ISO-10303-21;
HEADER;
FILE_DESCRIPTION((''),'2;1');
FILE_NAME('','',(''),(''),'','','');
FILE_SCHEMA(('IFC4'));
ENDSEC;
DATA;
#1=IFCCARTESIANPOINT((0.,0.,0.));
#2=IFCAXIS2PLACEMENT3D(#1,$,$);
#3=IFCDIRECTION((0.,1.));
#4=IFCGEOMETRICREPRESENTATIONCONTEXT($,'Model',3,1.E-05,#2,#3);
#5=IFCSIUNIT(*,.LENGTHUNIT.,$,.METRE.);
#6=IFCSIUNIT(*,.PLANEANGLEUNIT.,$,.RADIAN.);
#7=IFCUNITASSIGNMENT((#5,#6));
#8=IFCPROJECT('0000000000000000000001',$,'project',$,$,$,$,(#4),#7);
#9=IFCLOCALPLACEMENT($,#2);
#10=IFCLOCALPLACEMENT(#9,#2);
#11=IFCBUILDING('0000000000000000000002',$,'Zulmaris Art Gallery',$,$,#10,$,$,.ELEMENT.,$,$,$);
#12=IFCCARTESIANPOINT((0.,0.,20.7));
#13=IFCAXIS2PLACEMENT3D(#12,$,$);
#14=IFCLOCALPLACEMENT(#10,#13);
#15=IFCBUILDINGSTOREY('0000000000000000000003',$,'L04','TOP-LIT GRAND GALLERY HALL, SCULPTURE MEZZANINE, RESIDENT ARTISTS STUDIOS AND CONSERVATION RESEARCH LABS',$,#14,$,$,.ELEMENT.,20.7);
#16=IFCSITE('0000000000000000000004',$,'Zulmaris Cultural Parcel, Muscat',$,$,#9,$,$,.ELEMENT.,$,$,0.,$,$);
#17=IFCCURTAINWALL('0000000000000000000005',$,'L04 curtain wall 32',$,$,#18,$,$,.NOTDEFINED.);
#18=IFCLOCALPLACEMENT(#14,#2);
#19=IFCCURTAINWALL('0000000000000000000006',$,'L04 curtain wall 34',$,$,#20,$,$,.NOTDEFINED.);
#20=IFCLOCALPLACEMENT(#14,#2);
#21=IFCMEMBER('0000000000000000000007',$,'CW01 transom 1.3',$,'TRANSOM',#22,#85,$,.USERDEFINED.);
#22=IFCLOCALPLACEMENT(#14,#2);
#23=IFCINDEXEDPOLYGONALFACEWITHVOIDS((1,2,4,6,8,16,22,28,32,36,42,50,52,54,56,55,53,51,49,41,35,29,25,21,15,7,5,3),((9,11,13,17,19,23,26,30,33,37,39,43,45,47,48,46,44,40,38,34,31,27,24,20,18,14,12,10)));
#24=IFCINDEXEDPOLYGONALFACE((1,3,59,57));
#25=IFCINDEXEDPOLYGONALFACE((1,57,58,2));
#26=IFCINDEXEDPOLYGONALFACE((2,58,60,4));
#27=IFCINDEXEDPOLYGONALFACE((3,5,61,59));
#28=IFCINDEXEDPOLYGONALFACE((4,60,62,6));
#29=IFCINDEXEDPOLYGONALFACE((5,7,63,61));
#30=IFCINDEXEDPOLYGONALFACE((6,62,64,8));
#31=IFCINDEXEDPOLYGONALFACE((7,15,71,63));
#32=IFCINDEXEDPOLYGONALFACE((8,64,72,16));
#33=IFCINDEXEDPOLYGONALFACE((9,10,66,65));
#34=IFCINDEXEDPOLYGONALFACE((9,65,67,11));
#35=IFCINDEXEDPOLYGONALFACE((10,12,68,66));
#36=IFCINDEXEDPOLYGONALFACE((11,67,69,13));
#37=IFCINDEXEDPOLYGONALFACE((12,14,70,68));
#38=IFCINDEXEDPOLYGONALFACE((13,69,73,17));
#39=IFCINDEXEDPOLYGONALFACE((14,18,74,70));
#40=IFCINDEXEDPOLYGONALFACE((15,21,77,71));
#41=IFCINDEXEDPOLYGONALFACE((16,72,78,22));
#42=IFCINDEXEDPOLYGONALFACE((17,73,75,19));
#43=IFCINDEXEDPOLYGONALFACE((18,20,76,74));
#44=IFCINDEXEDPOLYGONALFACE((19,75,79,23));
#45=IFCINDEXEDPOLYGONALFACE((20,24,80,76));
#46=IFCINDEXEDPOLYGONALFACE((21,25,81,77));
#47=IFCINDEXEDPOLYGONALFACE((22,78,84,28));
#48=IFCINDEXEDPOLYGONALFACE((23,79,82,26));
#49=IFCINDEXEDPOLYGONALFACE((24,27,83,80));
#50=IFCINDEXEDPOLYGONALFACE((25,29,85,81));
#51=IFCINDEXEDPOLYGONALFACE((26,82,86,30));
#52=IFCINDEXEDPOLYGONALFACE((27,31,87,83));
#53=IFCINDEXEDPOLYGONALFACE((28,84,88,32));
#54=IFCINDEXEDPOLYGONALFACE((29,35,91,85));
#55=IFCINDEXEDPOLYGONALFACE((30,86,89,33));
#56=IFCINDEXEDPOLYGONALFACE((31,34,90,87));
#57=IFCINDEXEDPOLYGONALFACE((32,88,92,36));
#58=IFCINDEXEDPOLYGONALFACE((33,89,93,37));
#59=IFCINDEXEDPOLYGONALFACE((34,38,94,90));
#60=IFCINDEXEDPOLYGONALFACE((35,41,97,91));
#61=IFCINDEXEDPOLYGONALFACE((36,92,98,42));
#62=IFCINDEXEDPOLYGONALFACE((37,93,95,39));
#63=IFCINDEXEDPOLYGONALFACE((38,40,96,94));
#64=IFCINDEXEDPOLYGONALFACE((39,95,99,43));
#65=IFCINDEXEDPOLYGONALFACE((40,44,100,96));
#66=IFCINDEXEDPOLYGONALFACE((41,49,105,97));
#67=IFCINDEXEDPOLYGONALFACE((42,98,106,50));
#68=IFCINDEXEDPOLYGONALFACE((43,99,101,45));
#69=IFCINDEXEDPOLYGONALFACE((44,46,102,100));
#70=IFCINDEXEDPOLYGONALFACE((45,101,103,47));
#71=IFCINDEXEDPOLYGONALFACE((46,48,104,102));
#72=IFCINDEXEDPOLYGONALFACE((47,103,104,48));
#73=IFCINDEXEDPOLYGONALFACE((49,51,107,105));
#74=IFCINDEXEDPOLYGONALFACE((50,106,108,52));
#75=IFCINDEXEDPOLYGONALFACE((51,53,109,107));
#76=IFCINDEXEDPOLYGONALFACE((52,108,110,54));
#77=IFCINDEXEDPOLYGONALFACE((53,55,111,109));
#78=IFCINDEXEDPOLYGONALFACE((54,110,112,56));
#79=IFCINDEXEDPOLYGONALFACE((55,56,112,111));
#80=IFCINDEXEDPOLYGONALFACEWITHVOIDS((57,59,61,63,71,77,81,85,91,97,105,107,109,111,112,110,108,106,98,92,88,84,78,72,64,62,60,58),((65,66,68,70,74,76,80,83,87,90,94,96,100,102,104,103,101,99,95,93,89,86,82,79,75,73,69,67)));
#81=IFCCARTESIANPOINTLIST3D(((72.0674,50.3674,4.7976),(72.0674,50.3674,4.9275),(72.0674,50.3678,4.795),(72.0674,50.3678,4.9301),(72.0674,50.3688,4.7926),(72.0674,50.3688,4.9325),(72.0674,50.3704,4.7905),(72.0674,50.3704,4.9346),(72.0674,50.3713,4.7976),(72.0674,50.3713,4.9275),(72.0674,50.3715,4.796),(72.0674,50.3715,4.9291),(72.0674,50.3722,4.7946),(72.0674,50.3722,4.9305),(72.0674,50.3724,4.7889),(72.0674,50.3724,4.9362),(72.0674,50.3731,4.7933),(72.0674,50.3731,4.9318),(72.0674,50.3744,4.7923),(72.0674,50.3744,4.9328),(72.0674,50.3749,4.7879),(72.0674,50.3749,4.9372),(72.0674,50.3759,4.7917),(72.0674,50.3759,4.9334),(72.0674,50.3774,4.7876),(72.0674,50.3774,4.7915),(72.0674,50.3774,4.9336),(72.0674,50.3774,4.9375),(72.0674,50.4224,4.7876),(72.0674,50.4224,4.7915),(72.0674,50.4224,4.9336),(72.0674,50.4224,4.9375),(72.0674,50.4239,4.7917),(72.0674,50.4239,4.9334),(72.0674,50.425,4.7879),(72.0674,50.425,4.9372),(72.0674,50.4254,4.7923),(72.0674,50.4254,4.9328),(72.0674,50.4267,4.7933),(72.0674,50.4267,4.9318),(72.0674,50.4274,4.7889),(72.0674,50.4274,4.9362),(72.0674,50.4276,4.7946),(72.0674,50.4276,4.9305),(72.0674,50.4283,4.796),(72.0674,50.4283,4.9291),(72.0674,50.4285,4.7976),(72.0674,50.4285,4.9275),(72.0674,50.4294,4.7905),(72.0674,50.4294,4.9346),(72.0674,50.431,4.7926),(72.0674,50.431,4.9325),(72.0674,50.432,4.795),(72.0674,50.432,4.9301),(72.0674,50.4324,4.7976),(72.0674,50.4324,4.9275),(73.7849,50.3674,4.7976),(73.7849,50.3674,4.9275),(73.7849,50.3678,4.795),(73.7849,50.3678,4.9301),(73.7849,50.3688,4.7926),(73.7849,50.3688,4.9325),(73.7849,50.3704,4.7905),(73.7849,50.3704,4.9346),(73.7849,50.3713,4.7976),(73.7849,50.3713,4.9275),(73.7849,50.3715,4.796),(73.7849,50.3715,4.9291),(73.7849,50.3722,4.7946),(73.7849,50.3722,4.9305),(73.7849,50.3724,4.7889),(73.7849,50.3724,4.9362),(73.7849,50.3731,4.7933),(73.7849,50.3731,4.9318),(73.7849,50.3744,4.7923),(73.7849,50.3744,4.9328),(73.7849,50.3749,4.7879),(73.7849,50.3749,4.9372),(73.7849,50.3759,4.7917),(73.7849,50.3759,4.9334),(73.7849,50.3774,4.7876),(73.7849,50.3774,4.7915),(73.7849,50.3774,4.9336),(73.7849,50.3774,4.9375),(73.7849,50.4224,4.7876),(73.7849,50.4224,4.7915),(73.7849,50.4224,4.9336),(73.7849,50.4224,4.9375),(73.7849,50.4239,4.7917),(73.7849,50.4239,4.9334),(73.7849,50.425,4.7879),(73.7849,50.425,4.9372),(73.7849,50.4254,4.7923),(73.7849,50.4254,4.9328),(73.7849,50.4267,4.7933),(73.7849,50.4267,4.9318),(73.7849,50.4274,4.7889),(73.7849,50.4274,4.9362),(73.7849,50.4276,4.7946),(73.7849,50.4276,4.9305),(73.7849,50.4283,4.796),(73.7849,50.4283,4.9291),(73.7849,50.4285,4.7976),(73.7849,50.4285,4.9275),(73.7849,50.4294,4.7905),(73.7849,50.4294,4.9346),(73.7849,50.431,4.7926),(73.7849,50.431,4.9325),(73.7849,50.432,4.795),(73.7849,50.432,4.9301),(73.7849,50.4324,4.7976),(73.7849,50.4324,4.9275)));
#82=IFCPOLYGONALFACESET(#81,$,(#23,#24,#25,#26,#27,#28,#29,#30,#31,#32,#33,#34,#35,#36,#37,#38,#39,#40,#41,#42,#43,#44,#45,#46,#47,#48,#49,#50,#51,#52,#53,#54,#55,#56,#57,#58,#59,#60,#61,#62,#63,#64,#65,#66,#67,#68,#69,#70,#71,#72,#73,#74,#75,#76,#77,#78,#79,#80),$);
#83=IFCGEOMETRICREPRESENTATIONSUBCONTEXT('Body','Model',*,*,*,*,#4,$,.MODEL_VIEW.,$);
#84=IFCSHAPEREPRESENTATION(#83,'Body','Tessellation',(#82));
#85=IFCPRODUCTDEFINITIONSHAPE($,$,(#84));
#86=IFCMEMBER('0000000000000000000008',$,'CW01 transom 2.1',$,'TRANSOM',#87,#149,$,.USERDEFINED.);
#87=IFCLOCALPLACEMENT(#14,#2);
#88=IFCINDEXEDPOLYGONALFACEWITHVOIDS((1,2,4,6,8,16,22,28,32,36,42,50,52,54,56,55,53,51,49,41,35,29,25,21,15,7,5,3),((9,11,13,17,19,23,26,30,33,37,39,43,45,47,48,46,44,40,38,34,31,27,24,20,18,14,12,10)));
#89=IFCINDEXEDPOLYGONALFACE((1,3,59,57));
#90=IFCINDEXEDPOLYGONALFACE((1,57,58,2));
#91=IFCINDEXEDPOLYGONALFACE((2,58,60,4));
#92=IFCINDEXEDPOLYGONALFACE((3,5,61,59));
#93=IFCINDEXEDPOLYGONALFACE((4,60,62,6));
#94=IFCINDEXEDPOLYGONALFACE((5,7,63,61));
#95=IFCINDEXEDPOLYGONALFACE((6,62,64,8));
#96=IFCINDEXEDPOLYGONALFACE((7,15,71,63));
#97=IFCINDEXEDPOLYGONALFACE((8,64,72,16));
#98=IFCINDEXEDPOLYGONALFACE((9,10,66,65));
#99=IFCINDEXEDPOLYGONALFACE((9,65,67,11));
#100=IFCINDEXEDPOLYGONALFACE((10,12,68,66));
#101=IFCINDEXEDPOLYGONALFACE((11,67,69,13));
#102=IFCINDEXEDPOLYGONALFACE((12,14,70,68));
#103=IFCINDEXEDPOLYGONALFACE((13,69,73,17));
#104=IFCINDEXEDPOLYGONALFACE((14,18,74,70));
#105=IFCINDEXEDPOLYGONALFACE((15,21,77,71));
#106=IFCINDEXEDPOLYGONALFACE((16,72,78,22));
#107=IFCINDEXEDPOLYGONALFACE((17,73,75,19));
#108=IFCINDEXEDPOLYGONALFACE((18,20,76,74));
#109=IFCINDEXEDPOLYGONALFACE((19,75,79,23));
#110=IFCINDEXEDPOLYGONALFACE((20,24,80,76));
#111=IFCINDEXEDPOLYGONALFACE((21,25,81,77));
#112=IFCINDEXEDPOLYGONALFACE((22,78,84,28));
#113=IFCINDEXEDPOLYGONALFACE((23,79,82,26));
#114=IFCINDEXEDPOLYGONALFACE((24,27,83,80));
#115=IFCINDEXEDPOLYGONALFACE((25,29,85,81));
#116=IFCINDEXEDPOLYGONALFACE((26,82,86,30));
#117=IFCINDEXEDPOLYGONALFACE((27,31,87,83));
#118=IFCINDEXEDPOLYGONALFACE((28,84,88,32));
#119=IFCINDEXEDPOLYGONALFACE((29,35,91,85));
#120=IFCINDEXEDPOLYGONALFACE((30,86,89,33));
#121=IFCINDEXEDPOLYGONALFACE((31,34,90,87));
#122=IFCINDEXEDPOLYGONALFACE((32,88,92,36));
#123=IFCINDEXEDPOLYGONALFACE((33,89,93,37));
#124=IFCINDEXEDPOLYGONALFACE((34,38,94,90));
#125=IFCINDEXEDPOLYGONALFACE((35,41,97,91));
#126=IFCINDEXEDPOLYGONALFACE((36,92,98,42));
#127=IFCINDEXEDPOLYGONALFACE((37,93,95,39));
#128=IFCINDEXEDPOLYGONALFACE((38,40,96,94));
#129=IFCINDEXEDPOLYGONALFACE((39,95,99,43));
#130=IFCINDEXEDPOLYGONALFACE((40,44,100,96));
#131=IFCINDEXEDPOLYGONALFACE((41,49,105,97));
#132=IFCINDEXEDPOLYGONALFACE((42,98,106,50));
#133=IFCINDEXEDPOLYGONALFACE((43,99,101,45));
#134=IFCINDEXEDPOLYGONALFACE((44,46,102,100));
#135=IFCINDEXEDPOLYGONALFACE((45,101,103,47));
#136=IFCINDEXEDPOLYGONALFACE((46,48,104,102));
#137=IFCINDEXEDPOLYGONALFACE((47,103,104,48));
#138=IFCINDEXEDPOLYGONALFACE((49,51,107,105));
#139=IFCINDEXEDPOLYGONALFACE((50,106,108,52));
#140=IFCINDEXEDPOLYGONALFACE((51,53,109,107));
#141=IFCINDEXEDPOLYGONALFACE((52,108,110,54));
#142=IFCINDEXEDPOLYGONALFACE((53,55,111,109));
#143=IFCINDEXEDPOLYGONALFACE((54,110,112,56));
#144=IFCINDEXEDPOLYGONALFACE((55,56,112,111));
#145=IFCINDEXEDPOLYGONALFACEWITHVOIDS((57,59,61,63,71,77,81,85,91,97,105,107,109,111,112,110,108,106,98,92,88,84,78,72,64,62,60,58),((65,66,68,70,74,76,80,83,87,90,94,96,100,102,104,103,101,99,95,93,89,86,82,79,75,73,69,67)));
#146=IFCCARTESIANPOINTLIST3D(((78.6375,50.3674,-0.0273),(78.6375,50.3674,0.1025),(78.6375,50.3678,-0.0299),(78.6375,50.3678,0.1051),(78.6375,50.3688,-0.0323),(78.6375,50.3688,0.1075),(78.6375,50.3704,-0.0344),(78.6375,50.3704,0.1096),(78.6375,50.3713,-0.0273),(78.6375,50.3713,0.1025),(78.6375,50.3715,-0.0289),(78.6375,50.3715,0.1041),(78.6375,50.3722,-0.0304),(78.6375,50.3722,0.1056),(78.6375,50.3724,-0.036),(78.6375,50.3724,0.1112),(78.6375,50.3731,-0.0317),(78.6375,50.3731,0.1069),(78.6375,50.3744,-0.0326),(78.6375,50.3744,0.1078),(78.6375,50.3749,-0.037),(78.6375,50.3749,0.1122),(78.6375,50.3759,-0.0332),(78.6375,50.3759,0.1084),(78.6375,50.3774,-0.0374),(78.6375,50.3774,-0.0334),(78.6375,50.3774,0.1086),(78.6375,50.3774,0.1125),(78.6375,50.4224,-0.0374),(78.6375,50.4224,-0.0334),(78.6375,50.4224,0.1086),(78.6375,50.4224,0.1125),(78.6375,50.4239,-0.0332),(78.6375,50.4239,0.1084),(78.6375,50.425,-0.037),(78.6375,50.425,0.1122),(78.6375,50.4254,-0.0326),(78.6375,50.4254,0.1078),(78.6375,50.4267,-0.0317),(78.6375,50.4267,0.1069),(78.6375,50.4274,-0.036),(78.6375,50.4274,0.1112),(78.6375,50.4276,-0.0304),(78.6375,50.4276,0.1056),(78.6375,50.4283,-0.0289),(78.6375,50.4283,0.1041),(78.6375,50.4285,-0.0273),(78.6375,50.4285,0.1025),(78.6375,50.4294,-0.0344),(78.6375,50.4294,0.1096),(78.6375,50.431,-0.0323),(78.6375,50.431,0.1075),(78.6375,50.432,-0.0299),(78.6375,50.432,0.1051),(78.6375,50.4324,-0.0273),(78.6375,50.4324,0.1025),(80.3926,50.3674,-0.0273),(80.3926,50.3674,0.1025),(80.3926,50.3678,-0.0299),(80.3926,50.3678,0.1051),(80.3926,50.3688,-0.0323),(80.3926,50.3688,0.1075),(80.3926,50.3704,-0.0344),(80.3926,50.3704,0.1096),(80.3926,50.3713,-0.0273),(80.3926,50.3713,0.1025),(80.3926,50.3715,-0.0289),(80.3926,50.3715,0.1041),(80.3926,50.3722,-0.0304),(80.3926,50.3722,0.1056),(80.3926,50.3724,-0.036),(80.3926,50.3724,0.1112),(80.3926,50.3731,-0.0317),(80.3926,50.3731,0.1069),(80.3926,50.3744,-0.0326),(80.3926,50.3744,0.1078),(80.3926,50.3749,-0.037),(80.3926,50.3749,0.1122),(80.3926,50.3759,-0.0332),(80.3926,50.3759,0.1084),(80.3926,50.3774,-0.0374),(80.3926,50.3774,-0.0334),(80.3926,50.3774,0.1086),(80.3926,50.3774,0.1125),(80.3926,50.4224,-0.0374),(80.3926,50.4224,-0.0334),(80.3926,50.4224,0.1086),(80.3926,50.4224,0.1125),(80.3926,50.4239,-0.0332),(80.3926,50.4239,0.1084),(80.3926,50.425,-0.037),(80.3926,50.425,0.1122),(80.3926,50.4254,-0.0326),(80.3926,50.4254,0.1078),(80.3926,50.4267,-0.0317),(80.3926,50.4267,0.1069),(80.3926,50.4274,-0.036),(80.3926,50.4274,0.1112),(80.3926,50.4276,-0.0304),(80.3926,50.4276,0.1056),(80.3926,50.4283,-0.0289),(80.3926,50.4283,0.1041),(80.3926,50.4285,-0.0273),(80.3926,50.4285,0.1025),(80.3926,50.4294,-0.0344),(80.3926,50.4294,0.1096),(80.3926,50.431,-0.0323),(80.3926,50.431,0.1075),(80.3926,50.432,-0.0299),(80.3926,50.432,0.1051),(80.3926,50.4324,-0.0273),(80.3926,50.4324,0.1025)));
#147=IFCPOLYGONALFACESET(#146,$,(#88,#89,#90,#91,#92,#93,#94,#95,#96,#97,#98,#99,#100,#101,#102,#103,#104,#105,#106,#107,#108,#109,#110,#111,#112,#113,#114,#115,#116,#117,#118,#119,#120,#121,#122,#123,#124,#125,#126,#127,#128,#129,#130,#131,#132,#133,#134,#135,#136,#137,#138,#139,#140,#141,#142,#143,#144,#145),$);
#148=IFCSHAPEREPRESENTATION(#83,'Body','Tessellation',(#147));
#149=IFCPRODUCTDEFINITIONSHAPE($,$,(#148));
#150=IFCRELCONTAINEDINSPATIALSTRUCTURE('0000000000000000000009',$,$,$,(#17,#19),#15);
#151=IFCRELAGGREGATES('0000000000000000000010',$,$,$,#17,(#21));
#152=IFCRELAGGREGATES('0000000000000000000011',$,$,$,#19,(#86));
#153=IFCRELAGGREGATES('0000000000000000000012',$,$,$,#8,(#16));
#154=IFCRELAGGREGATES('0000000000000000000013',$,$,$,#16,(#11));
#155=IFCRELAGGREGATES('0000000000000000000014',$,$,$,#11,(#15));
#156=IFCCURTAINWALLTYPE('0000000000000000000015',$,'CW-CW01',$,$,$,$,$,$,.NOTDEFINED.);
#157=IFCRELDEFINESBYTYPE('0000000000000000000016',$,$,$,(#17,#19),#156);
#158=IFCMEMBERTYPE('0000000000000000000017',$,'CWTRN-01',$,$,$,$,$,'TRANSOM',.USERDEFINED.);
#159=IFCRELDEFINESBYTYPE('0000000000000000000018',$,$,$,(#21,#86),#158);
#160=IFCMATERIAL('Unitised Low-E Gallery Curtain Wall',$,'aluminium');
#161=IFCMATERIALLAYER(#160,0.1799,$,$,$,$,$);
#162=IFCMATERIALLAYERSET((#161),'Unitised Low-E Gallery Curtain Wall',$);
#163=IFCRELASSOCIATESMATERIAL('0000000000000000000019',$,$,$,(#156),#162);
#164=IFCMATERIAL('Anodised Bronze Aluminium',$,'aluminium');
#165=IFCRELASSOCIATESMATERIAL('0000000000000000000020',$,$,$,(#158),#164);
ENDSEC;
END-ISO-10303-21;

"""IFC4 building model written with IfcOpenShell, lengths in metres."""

from ifc_helpers import new_model, si_unit, direction, frame, origin, origin_2d, place, context, subcontext, project, spatial, hollow_rectangle, extrude, material, layer, layer_set, material_profile, profile_set, type_object, element, aggregate, save


model = new_model("IFC4")

# Units and contexts
model_context = context("Model", 3, precision=1e-05, world=origin(), true_north=direction((0.0, 1.0)))
body_context = subcontext(model_context, "Body", "Model", "MODEL_VIEW")
ifc_project = project(units=[si_unit("LENGTHUNIT", "METRE"), si_unit("PLANEANGLEUNIT", "RADIAN")], contexts=[model_context])

# Site, building, storey
site_placement = place(None, origin())
site = spatial("IfcSite", under=ifc_project, at=site_placement, Name="Zulmaris Cultural Parcel, Muscat", CompositionType="ELEMENT", RefElevation=0.0)
building_placement = place(site_placement, origin())
building = spatial("IfcBuilding", under=site, at=building_placement, Name="Zulmaris Art Gallery", CompositionType="ELEMENT")
storey_placement = place(building_placement, frame((0.0, 0.0, 20.7)))
storey = spatial("IfcBuildingStorey", under=building, at=storey_placement, Name="L04", Description="TOP-LIT GRAND GALLERY HALL, SCULPTURE MEZZANINE, RESIDENT ARTISTS STUDIOS AND CONSERVATION RESEARCH LABS", CompositionType="ELEMENT", Elevation=20.7)

# Curtain wall
ifc_material_1 = material(Name="Unitised Low-E Gallery Curtain Wall", Category="aluminium")
ifc_layer_1 = layer(ifc_material_1, 0.1799)
ifc_layer_set_1 = layer_set([ifc_layer_1], Name="Unitised Low-E Gallery Curtain Wall")
curtain_wall_type = type_object("IfcCurtainWallType", Name="CW-CW01", PredefinedType="NOTDEFINED", material=ifc_layer_set_1)
curtain_wall_1_placement = place(storey_placement, origin())
curtain_wall_1 = element("IfcCurtainWall", 1, at=curtain_wall_1_placement, inside=storey, type_object=curtain_wall_type, Name="L04 curtain wall 32", PredefinedType="NOTDEFINED")
ifc_material_2 = material(Name="Anodised Bronze Aluminium", Category="aluminium")

# Curtain wall
curtain_wall_2_placement = place(storey_placement, origin())
curtain_wall_2 = element("IfcCurtainWall", 2, at=curtain_wall_2_placement, inside=storey, type_object=curtain_wall_type, Name="L04 curtain wall 34", PredefinedType="NOTDEFINED")

# Members
ifc_material_profile_1 = material_profile(ifc_material_2, hollow_rectangle(XDim=0.0649, YDim=0.1499, WallThickness=0.0039, InnerFilletRadius=0.0061, OuterFilletRadius=0.01, at=origin_2d()), Name="ALU 65x150x4")
ifc_profile_set_1 = profile_set([ifc_material_profile_1], Name="Anodised Bronze Aluminium")
member_type_1 = type_object("IfcMemberType", Name="CWTRN-01", ElementType="TRANSOM", PredefinedType="USERDEFINED", material=ifc_profile_set_1)
member_1_placement = place(storey_placement, frame((73.7849, 50.3999, 4.8625), z_axis=(-1.0, 0.0, 0.0), x_axis=(0.0, -1.0, 0.0)))
member_1 = element("IfcMember", 3, at=member_1_placement, type_object=member_type_1, Name="CW01 transom 1.3", ObjectType="TRANSOM", PredefinedType="USERDEFINED", context=body_context, shape_type="SweptSolid", body=[
    extrude(hollow_rectangle(XDim=0.0649, YDim=0.1499, WallThickness=0.0039, InnerFilletRadius=0.0061, OuterFilletRadius=0.01, at=origin_2d()), origin(), (0.0, 0.0, 1.0), 1.7175),
])
aggregate(curtain_wall_1, [member_1])
member_2_placement = place(storey_placement, frame((80.3926, 50.3999, 0.0376), z_axis=(-1.0, 0.0, 0.0), x_axis=(0.0, -1.0, 0.0)))
member_2 = element("IfcMember", 4, at=member_2_placement, type_object=member_type_1, Name="CW01 transom 2.1", ObjectType="TRANSOM", PredefinedType="USERDEFINED", context=body_context, shape_type="SweptSolid", body=[
    extrude(hollow_rectangle(XDim=0.0649, YDim=0.1499, WallThickness=0.0039, InnerFilletRadius=0.0061, OuterFilletRadius=0.01, at=origin_2d()), origin(), (0.0, 0.0, 1.0), 1.7551),
])

aggregate(curtain_wall_2, [member_2])

save(model, "model.ifc")
